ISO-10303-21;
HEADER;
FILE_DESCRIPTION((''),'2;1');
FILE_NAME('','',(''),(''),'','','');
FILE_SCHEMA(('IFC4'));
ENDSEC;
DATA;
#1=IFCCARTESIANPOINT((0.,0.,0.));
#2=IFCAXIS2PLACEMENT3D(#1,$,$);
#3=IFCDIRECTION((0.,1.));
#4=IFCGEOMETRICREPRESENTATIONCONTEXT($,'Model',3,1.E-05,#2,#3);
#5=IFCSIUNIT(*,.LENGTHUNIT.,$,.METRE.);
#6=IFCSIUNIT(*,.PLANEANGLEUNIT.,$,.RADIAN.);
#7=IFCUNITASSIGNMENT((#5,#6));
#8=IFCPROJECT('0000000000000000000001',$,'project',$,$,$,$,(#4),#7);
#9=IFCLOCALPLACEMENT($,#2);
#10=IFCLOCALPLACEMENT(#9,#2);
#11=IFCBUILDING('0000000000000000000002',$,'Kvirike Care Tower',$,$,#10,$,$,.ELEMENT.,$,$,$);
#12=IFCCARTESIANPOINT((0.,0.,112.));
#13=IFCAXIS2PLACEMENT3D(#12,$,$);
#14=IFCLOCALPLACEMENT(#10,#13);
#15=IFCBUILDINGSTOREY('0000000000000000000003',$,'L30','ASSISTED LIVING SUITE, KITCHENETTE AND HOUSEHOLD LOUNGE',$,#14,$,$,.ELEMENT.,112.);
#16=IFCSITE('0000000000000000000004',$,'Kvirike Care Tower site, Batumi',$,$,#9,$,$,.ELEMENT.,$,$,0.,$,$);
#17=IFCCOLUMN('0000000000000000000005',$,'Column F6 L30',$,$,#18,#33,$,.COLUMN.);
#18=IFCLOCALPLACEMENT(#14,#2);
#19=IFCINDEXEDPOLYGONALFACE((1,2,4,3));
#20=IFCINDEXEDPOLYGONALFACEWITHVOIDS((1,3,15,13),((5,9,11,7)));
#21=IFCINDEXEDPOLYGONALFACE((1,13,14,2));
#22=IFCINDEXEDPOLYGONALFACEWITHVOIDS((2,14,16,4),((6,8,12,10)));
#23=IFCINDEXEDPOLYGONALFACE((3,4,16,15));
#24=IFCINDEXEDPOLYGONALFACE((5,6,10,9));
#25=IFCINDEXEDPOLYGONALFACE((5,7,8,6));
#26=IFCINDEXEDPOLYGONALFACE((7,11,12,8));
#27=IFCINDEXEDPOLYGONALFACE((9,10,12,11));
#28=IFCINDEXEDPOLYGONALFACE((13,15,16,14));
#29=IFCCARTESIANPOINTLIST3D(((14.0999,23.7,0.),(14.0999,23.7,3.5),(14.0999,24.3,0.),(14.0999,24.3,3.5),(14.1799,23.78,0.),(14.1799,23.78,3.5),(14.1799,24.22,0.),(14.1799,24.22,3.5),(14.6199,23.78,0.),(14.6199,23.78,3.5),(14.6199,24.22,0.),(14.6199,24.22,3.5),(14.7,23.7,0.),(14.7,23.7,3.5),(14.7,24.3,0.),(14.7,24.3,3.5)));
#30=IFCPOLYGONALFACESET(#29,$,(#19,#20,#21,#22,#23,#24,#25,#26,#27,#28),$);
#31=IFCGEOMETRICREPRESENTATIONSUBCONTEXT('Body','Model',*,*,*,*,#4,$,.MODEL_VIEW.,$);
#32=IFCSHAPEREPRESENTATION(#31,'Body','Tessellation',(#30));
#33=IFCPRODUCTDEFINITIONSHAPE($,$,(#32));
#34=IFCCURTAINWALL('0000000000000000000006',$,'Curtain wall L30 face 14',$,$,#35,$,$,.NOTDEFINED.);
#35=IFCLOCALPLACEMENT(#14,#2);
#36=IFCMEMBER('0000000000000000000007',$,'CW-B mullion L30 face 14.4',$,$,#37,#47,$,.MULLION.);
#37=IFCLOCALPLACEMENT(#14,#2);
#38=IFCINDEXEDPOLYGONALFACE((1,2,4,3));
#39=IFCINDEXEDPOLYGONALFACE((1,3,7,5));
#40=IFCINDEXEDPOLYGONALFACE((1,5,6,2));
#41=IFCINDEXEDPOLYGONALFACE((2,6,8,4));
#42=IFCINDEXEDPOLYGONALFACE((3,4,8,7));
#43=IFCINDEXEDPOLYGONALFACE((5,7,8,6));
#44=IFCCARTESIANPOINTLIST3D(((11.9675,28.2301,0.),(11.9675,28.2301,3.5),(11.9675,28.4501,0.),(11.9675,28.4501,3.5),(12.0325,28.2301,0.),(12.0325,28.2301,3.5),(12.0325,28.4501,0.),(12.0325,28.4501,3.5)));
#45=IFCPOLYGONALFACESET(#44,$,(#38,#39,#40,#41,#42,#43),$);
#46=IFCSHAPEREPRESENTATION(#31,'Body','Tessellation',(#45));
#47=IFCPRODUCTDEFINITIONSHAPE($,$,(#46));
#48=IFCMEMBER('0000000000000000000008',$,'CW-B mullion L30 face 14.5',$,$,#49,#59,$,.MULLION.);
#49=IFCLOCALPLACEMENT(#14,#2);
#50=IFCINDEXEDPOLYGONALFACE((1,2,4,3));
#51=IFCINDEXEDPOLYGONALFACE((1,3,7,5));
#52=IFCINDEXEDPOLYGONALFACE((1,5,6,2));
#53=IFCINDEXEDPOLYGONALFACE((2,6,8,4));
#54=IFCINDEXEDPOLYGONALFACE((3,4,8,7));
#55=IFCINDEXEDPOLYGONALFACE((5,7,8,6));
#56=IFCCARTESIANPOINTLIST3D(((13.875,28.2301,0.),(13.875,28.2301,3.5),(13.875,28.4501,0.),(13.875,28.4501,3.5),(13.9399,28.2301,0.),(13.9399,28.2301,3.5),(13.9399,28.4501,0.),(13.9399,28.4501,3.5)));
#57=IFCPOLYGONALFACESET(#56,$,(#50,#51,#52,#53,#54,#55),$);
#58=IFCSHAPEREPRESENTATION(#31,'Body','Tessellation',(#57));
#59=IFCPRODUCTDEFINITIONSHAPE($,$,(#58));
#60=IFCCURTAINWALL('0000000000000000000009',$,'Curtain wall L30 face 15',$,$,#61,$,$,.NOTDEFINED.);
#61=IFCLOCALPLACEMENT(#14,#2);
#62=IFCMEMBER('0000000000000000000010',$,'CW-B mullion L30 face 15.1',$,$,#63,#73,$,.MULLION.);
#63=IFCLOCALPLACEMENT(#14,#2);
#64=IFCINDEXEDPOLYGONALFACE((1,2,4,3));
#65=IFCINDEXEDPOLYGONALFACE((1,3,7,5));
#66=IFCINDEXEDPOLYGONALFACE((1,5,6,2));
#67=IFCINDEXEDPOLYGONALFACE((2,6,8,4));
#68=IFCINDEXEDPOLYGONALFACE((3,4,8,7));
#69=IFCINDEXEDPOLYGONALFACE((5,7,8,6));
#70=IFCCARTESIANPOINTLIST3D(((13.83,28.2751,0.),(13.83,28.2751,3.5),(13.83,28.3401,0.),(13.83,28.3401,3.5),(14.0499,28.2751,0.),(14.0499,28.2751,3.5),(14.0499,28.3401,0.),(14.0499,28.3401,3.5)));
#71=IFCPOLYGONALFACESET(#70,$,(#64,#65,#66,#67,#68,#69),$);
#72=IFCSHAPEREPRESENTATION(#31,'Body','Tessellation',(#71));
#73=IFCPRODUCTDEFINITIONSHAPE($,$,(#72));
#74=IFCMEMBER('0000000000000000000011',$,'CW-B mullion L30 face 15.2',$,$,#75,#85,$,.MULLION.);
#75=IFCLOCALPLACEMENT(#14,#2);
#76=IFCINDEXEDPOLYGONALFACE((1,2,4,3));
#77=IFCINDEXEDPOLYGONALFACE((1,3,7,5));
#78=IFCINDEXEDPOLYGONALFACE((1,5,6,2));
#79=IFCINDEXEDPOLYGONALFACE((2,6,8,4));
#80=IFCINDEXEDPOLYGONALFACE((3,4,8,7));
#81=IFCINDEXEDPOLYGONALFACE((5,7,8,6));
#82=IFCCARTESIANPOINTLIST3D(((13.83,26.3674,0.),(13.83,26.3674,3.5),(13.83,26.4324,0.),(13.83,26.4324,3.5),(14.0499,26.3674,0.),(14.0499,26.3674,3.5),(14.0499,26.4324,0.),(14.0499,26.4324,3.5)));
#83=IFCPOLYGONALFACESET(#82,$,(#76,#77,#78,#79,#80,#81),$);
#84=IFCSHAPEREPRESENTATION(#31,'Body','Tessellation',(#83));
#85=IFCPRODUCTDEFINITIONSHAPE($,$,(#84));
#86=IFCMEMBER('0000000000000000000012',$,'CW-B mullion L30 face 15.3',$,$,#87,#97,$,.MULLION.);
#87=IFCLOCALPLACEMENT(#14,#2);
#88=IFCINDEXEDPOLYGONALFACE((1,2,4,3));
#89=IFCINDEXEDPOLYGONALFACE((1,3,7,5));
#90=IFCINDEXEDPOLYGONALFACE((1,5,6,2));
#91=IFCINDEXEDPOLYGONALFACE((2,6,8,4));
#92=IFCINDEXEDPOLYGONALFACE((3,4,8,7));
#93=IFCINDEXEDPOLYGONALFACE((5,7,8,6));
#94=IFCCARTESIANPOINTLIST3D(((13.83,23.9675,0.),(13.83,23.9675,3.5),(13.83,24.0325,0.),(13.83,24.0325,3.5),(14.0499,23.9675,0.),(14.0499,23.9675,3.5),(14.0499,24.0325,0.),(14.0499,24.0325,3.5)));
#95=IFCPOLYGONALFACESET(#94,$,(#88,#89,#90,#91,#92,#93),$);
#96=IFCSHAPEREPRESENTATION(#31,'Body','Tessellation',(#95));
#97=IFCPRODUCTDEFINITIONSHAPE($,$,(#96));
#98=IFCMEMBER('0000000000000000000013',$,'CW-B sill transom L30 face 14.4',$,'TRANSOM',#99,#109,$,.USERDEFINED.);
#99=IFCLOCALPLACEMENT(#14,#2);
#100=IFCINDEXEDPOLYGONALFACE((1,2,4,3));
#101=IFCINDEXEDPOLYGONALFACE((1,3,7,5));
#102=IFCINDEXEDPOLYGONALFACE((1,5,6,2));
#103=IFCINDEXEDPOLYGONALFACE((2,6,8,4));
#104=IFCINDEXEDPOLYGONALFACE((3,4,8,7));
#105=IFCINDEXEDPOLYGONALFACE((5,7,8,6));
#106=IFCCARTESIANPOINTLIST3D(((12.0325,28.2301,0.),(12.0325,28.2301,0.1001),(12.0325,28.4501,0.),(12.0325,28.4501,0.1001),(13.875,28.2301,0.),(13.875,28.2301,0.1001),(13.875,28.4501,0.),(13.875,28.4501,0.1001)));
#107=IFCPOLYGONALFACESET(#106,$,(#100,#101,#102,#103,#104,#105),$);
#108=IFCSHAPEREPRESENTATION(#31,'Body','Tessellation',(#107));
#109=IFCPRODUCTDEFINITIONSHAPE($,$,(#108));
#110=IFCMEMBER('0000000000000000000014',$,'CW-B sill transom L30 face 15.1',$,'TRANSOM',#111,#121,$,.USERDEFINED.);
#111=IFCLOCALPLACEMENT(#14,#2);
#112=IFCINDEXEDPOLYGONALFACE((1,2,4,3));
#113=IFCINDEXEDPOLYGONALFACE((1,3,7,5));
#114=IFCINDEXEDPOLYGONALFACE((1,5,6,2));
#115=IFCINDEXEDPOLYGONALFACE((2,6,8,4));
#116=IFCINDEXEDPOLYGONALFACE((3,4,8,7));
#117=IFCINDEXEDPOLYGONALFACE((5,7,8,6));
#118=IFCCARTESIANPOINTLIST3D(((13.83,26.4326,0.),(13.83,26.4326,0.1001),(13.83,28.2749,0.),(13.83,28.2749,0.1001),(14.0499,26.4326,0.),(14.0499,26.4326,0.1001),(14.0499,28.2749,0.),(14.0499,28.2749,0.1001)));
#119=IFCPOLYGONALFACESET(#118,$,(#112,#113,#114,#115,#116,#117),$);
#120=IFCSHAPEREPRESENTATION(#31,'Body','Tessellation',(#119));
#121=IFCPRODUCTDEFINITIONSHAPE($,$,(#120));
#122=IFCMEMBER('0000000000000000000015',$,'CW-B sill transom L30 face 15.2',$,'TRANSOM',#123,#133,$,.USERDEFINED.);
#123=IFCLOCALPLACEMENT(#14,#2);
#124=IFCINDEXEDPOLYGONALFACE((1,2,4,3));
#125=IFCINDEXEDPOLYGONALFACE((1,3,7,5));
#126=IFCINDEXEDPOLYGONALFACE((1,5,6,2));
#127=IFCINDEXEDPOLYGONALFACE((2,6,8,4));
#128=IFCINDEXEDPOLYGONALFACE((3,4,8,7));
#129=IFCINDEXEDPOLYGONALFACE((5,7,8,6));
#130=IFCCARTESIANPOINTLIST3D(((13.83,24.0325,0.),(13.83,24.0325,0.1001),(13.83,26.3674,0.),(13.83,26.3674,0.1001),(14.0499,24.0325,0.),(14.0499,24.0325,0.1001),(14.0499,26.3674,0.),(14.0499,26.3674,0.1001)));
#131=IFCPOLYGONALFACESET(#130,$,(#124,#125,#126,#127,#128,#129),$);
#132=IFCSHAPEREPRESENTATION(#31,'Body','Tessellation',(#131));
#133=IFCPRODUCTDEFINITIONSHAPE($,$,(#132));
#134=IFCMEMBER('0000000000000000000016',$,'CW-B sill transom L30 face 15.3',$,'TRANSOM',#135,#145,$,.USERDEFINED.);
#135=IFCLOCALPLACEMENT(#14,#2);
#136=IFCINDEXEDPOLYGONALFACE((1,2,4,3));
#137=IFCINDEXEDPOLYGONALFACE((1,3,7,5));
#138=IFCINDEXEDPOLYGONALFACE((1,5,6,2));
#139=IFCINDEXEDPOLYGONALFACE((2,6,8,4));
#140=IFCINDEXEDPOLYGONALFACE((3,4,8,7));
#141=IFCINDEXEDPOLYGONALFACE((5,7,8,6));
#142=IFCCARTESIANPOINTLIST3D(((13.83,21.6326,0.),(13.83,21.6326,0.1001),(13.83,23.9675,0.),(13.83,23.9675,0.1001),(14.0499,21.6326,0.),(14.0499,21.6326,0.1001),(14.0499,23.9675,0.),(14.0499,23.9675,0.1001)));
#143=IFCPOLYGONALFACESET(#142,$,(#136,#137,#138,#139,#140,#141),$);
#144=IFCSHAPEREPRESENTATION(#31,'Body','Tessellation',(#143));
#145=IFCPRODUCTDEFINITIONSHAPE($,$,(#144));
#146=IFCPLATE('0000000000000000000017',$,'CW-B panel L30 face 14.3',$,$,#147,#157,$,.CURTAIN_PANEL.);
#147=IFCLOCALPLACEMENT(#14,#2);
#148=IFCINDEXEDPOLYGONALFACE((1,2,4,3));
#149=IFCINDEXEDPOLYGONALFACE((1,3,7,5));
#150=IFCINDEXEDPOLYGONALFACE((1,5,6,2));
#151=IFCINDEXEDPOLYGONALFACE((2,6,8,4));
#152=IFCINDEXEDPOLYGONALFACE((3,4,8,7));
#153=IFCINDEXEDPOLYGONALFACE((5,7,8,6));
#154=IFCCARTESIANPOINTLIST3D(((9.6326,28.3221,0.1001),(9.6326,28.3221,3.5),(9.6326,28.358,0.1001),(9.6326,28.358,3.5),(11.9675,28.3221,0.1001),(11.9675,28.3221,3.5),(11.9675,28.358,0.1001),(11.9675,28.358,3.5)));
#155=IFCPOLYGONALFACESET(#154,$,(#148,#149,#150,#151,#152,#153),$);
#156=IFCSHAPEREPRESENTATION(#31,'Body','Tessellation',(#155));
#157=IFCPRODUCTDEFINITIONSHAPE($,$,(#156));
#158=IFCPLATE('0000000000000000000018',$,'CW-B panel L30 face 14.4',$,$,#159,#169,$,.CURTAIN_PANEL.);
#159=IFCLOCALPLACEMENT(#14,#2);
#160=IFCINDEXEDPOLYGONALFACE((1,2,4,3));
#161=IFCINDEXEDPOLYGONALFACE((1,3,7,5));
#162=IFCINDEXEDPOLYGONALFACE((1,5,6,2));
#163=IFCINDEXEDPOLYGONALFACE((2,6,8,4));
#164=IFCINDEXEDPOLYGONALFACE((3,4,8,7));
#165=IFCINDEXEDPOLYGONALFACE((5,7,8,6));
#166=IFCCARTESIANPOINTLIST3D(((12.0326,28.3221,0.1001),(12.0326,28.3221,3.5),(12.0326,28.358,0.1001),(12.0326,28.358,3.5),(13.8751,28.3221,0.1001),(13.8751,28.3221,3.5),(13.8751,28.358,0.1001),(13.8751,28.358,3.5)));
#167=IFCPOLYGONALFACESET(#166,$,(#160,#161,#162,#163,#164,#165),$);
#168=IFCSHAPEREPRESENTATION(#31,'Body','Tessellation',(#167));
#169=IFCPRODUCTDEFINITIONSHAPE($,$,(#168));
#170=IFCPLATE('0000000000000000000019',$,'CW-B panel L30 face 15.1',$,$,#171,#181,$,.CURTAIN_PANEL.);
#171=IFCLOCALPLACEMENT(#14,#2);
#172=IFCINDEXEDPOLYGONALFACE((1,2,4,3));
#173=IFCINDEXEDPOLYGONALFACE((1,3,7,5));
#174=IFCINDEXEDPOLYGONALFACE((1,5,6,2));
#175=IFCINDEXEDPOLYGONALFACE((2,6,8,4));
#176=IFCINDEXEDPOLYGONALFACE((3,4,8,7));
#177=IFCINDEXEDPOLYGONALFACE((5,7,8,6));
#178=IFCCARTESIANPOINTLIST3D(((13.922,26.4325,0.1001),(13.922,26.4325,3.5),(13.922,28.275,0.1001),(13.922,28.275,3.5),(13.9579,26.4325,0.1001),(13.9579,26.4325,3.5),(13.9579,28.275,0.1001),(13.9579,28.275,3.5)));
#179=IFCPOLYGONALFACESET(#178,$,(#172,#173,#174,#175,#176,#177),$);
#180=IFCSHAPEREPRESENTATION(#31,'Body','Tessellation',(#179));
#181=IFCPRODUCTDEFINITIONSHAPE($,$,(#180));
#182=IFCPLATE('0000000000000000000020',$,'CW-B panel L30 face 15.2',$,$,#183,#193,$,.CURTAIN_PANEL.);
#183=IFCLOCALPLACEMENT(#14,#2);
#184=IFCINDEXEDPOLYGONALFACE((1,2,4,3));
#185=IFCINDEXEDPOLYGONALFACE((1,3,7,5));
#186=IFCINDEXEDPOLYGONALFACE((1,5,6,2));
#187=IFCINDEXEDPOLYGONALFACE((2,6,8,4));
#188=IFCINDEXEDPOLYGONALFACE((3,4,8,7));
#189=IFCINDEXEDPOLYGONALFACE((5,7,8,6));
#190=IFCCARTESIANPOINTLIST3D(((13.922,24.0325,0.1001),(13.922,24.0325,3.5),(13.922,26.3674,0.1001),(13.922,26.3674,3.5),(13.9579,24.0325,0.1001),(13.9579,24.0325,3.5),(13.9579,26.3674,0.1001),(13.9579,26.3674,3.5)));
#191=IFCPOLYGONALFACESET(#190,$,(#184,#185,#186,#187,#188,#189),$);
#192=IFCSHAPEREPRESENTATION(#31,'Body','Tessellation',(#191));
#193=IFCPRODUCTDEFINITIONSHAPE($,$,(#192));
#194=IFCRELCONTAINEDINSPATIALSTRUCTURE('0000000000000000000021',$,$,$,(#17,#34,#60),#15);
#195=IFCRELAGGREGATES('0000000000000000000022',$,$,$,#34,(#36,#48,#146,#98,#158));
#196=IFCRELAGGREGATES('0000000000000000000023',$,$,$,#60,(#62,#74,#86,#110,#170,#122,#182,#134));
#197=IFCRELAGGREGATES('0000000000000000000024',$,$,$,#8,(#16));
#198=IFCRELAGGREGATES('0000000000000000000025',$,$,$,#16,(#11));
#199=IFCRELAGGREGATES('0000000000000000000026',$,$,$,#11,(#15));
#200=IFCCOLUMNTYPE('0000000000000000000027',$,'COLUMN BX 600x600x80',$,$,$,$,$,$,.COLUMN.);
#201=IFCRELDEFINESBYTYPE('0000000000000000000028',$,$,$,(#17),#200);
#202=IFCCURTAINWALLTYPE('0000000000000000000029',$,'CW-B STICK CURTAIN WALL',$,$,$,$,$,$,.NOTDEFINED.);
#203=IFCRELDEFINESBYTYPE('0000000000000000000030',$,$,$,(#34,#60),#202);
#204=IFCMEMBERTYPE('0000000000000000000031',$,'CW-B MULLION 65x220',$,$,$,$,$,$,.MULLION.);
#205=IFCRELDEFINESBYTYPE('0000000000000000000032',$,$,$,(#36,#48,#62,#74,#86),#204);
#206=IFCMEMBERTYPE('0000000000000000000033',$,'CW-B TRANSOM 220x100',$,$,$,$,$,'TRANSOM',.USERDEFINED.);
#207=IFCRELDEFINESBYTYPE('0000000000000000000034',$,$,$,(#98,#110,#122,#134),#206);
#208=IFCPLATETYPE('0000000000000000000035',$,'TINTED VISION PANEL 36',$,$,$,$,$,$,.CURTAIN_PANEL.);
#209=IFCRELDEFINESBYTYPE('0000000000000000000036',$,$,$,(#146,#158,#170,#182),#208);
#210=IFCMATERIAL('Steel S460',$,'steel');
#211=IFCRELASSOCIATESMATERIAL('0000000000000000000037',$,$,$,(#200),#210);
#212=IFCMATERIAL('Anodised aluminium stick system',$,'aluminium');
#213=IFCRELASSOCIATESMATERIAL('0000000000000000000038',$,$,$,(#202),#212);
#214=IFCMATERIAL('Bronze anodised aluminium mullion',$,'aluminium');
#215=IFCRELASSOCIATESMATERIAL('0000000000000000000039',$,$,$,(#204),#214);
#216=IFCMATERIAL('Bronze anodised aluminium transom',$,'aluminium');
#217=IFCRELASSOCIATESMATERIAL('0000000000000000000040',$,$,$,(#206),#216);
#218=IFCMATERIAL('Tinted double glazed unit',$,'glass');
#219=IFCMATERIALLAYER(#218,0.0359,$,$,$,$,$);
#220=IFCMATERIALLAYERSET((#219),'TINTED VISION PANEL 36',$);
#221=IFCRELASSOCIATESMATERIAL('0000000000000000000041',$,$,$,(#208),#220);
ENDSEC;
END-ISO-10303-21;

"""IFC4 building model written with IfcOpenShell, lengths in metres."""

from ifc_helpers import new_model, si_unit, direction, frame, origin, origin_2d, place, context, subcontext, project, spatial, rectangle, hollow_rectangle, extrude, material, layer, layer_set, material_profile, profile_set, type_object, element, aggregate, save


model = new_model("IFC4")

# Units and contexts
model_context = context("Model", 3, precision=1e-05, world=origin(), true_north=direction((0.0, 1.0)))
body_context = subcontext(model_context, "Body", "Model", "MODEL_VIEW")
ifc_project = project(units=[si_unit("LENGTHUNIT", "METRE"), si_unit("PLANEANGLEUNIT", "RADIAN")], contexts=[model_context])

# Site, building, storey
site_placement = place(None, origin())
site = spatial("IfcSite", under=ifc_project, at=site_placement, Name="Kvirike Care Tower site, Batumi", CompositionType="ELEMENT", RefElevation=0.0)
building_placement = place(site_placement, origin())
building = spatial("IfcBuilding", under=site, at=building_placement, Name="Kvirike Care Tower", CompositionType="ELEMENT")
storey_placement = place(building_placement, frame((0.0, 0.0, 112.0)))
storey = spatial("IfcBuildingStorey", under=building, at=storey_placement, Name="L30", Description="ASSISTED LIVING SUITE, KITCHENETTE AND HOUSEHOLD LOUNGE", CompositionType="ELEMENT", Elevation=112.0)

# Column
ifc_material_1 = material(Name="Steel S460", Category="steel")
ifc_material_profile_1 = material_profile(ifc_material_1, hollow_rectangle(XDim=0.6001, YDim=0.6001, WallThickness=0.0801, at=origin_2d()), Name="BX 600x600x80")
ifc_profile_set_1 = profile_set([ifc_material_profile_1], Name="Steel S460")
column_type = type_object("IfcColumnType", Name="COLUMN BX 600x600x80", PredefinedType="COLUMN", material=ifc_profile_set_1)
column_placement = place(storey_placement, frame((14.3999, 24.0, 0.0), z_axis=(0.0, 0.0, 1.0), x_axis=(1.0, 0.0, 0.0)))
element("IfcColumn", 1, at=column_placement, inside=storey, type_object=column_type, Name="Column F6 L30", PredefinedType="COLUMN", context=body_context, shape_type="SweptSolid", body=[
    extrude(hollow_rectangle(XDim=0.6001, YDim=0.6001, WallThickness=0.0801, at=origin_2d()), origin(), (0.0, 0.0, 1.0), 3.5),
])

# Curtain walls, members
ifc_material_2 = material(Name="Anodised aluminium stick system", Category="aluminium")
curtain_wall_type = type_object("IfcCurtainWallType", Name="CW-B STICK CURTAIN WALL", PredefinedType="NOTDEFINED", material=ifc_material_2)
curtain_wall_1_placement = place(storey_placement, origin())
curtain_wall_1 = element("IfcCurtainWall", 2, at=curtain_wall_1_placement, inside=storey, type_object=curtain_wall_type, Name="Curtain wall L30 face 14", PredefinedType="NOTDEFINED")
ifc_material_3 = material(Name="Bronze anodised aluminium mullion", Category="aluminium")
ifc_material_profile_2 = material_profile(ifc_material_3, rectangle(XDim=0.0649, YDim=0.22, at=origin_2d()), Name="CW-B MULLION 65x220")
ifc_profile_set_2 = profile_set([ifc_material_profile_2], Name="Bronze anodised aluminium mullion")
member_type_1 = type_object("IfcMemberType", Name="CW-B MULLION 65x220", PredefinedType="MULLION", material=ifc_profile_set_2)
member_1_placement = place(storey_placement, frame((12.0, 28.3401, 0.0), z_axis=(0.0, 0.0, 1.0), x_axis=(1.0, 0.0, 0.0)))
member_1 = element("IfcMember", 3, at=member_1_placement, type_object=member_type_1, Name="CW-B mullion L30 face 14.4", PredefinedType="MULLION", context=body_context, shape_type="SweptSolid", body=[
    extrude(rectangle(XDim=0.0649, YDim=0.22, at=origin_2d()), origin(), (0.0, 0.0, 1.0), 3.5),
])
member_2_placement = place(storey_placement, frame((13.9075, 28.3401, 0.0), z_axis=(0.0, 0.0, 1.0), x_axis=(1.0, 0.0, 0.0)))
member_2 = element("IfcMember", 4, at=member_2_placement, type_object=member_type_1, Name="CW-B mullion L30 face 14.5", PredefinedType="MULLION", context=body_context, shape_type="SweptSolid", body=[
    extrude(rectangle(XDim=0.0649, YDim=0.22, at=origin_2d()), origin(), (0.0, 0.0, 1.0), 3.5),
])
curtain_wall_2_placement = place(storey_placement, origin())
curtain_wall_2 = element("IfcCurtainWall", 5, at=curtain_wall_2_placement, inside=storey, type_object=curtain_wall_type, Name="Curtain wall L30 face 15", PredefinedType="NOTDEFINED")
member_3_placement = place(storey_placement, frame((13.9399, 28.3076, 0.0), z_axis=(0.0, 0.0, 1.0), x_axis=(0.0, -1.0, 0.0)))
member_3 = element("IfcMember", 6, at=member_3_placement, type_object=member_type_1, Name="CW-B mullion L30 face 15.1", PredefinedType="MULLION", context=body_context, shape_type="SweptSolid", body=[
    extrude(rectangle(XDim=0.0649, YDim=0.22, at=origin_2d()), origin(), (0.0, 0.0, 1.0), 3.5),
])
member_4_placement = place(storey_placement, frame((13.9399, 26.3999, 0.0), z_axis=(0.0, 0.0, 1.0), x_axis=(0.0, -1.0, 0.0)))
member_4 = element("IfcMember", 7, at=member_4_placement, type_object=member_type_1, Name="CW-B mullion L30 face 15.2", PredefinedType="MULLION", context=body_context, shape_type="SweptSolid", body=[
    extrude(rectangle(XDim=0.0649, YDim=0.22, at=origin_2d()), origin(), (0.0, 0.0, 1.0), 3.5),
])
member_5_placement = place(storey_placement, frame((13.9399, 24.0, 0.0), z_axis=(0.0, 0.0, 1.0), x_axis=(0.0, -1.0, 0.0)))
member_5 = element("IfcMember", 8, at=member_5_placement, type_object=member_type_1, Name="CW-B mullion L30 face 15.3", PredefinedType="MULLION", context=body_context, shape_type="SweptSolid", body=[
    extrude(rectangle(XDim=0.0649, YDim=0.22, at=origin_2d()), origin(), (0.0, 0.0, 1.0), 3.5),
])

# Members
ifc_material_4 = material(Name="Bronze anodised aluminium transom", Category="aluminium")
ifc_material_profile_3 = material_profile(ifc_material_4, rectangle(XDim=0.22, YDim=0.1001, at=origin_2d()), Name="CW-B TRANSOM 220x100")
ifc_profile_set_3 = profile_set([ifc_material_profile_3], Name="Bronze anodised aluminium transom")
member_type_2 = type_object("IfcMemberType", Name="CW-B TRANSOM 220x100", ElementType="TRANSOM", PredefinedType="USERDEFINED", material=ifc_profile_set_3)
member_6_placement = place(storey_placement, frame((12.0325, 28.3401, 0.05), z_axis=(1.0, 0.0, 0.0), x_axis=(0.0, 1.0, 0.0)))
member_6 = element("IfcMember", 9, at=member_6_placement, type_object=member_type_2, Name="CW-B sill transom L30 face 14.4", ObjectType="TRANSOM", PredefinedType="USERDEFINED", context=body_context, shape_type="SweptSolid", body=[
    extrude(rectangle(XDim=0.22, YDim=0.1001, at=origin_2d()), origin(), (0.0, 0.0, 1.0), 1.8425),
])
member_7_placement = place(storey_placement, frame((13.9399, 28.2749, 0.05), z_axis=(0.0, -1.0, 0.0), x_axis=(1.0, 0.0, 0.0)))
member_7 = element("IfcMember", 10, at=member_7_placement, type_object=member_type_2, Name="CW-B sill transom L30 face 15.1", ObjectType="TRANSOM", PredefinedType="USERDEFINED", context=body_context, shape_type="SweptSolid", body=[
    extrude(rectangle(XDim=0.22, YDim=0.1001, at=origin_2d()), origin(), (0.0, 0.0, 1.0), 1.8423),
])
member_8_placement = place(storey_placement, frame((13.9399, 26.3674, 0.05), z_axis=(0.0, -1.0, 0.0), x_axis=(1.0, 0.0, 0.0)))
member_8 = element("IfcMember", 11, at=member_8_placement, type_object=member_type_2, Name="CW-B sill transom L30 face 15.2", ObjectType="TRANSOM", PredefinedType="USERDEFINED", context=body_context, shape_type="SweptSolid", body=[
    extrude(rectangle(XDim=0.22, YDim=0.1001, at=origin_2d()), origin(), (0.0, 0.0, 1.0), 2.335),
])
member_9_placement = place(storey_placement, frame((13.9399, 23.9675, 0.05), z_axis=(0.0, -1.0, 0.0), x_axis=(1.0, 0.0, 0.0)))
member_9 = element("IfcMember", 12, at=member_9_placement, type_object=member_type_2, Name="CW-B sill transom L30 face 15.3", ObjectType="TRANSOM", PredefinedType="USERDEFINED", context=body_context, shape_type="SweptSolid", body=[
    extrude(rectangle(XDim=0.22, YDim=0.1001, at=origin_2d()), origin(), (0.0, 0.0, 1.0), 2.335),
])

# Plates
ifc_material_5 = material(Name="Tinted double glazed unit", Category="glass")
ifc_layer_1 = layer(ifc_material_5, 0.0359)
ifc_layer_set_1 = layer_set([ifc_layer_1], Name="TINTED VISION PANEL 36")
plate_type = type_object("IfcPlateType", Name="TINTED VISION PANEL 36", PredefinedType="CURTAIN_PANEL", material=ifc_layer_set_1)
plate_1_placement = place(storey_placement, frame((10.8, 28.3401, 0.1001), z_axis=(0.0, 0.0, 1.0), x_axis=(1.0, 0.0, 0.0)))
plate_1 = element("IfcPlate", 13, at=plate_1_placement, type_object=plate_type, Name="CW-B panel L30 face 14.3", PredefinedType="CURTAIN_PANEL", context=body_context, shape_type="SweptSolid", body=[
    extrude(rectangle(XDim=2.335, YDim=0.0359, at=origin_2d()), origin(), (0.0, 0.0, 1.0), 3.3999),
])
plate_2_placement = place(storey_placement, frame((12.9539, 28.3401, 0.1001), z_axis=(0.0, 0.0, 1.0), x_axis=(1.0, 0.0, 0.0)))
plate_2 = element("IfcPlate", 14, at=plate_2_placement, type_object=plate_type, Name="CW-B panel L30 face 14.4", PredefinedType="CURTAIN_PANEL", context=body_context, shape_type="SweptSolid", body=[
    extrude(rectangle(XDim=1.8425, YDim=0.0359, at=origin_2d()), origin(), (0.0, 0.0, 1.0), 3.3999),
])
aggregate(curtain_wall_1, [member_1, member_2, plate_1, member_6, plate_2])
plate_3_placement = place(storey_placement, frame((13.9399, 27.3538, 0.1001), z_axis=(0.0, 0.0, 1.0), x_axis=(0.0, -1.0, 0.0)))
plate_3 = element("IfcPlate", 15, at=plate_3_placement, type_object=plate_type, Name="CW-B panel L30 face 15.1", PredefinedType="CURTAIN_PANEL", context=body_context, shape_type="SweptSolid", body=[
    extrude(rectangle(XDim=1.8425, YDim=0.0359, at=origin_2d()), origin(), (0.0, 0.0, 1.0), 3.3999),
])
plate_4_placement = place(storey_placement, frame((13.9399, 25.2, 0.1001), z_axis=(0.0, 0.0, 1.0), x_axis=(0.0, -1.0, 0.0)))
plate_4 = element("IfcPlate", 16, at=plate_4_placement, type_object=plate_type, Name="CW-B panel L30 face 15.2", PredefinedType="CURTAIN_PANEL", context=body_context, shape_type="SweptSolid", body=[
    extrude(rectangle(XDim=2.335, YDim=0.0359, at=origin_2d()), origin(), (0.0, 0.0, 1.0), 3.3999),
])
aggregate(curtain_wall_2, [member_3, member_4, member_5, member_7, plate_3, member_8, plate_4, member_9])

save(model, "model.ifc")
